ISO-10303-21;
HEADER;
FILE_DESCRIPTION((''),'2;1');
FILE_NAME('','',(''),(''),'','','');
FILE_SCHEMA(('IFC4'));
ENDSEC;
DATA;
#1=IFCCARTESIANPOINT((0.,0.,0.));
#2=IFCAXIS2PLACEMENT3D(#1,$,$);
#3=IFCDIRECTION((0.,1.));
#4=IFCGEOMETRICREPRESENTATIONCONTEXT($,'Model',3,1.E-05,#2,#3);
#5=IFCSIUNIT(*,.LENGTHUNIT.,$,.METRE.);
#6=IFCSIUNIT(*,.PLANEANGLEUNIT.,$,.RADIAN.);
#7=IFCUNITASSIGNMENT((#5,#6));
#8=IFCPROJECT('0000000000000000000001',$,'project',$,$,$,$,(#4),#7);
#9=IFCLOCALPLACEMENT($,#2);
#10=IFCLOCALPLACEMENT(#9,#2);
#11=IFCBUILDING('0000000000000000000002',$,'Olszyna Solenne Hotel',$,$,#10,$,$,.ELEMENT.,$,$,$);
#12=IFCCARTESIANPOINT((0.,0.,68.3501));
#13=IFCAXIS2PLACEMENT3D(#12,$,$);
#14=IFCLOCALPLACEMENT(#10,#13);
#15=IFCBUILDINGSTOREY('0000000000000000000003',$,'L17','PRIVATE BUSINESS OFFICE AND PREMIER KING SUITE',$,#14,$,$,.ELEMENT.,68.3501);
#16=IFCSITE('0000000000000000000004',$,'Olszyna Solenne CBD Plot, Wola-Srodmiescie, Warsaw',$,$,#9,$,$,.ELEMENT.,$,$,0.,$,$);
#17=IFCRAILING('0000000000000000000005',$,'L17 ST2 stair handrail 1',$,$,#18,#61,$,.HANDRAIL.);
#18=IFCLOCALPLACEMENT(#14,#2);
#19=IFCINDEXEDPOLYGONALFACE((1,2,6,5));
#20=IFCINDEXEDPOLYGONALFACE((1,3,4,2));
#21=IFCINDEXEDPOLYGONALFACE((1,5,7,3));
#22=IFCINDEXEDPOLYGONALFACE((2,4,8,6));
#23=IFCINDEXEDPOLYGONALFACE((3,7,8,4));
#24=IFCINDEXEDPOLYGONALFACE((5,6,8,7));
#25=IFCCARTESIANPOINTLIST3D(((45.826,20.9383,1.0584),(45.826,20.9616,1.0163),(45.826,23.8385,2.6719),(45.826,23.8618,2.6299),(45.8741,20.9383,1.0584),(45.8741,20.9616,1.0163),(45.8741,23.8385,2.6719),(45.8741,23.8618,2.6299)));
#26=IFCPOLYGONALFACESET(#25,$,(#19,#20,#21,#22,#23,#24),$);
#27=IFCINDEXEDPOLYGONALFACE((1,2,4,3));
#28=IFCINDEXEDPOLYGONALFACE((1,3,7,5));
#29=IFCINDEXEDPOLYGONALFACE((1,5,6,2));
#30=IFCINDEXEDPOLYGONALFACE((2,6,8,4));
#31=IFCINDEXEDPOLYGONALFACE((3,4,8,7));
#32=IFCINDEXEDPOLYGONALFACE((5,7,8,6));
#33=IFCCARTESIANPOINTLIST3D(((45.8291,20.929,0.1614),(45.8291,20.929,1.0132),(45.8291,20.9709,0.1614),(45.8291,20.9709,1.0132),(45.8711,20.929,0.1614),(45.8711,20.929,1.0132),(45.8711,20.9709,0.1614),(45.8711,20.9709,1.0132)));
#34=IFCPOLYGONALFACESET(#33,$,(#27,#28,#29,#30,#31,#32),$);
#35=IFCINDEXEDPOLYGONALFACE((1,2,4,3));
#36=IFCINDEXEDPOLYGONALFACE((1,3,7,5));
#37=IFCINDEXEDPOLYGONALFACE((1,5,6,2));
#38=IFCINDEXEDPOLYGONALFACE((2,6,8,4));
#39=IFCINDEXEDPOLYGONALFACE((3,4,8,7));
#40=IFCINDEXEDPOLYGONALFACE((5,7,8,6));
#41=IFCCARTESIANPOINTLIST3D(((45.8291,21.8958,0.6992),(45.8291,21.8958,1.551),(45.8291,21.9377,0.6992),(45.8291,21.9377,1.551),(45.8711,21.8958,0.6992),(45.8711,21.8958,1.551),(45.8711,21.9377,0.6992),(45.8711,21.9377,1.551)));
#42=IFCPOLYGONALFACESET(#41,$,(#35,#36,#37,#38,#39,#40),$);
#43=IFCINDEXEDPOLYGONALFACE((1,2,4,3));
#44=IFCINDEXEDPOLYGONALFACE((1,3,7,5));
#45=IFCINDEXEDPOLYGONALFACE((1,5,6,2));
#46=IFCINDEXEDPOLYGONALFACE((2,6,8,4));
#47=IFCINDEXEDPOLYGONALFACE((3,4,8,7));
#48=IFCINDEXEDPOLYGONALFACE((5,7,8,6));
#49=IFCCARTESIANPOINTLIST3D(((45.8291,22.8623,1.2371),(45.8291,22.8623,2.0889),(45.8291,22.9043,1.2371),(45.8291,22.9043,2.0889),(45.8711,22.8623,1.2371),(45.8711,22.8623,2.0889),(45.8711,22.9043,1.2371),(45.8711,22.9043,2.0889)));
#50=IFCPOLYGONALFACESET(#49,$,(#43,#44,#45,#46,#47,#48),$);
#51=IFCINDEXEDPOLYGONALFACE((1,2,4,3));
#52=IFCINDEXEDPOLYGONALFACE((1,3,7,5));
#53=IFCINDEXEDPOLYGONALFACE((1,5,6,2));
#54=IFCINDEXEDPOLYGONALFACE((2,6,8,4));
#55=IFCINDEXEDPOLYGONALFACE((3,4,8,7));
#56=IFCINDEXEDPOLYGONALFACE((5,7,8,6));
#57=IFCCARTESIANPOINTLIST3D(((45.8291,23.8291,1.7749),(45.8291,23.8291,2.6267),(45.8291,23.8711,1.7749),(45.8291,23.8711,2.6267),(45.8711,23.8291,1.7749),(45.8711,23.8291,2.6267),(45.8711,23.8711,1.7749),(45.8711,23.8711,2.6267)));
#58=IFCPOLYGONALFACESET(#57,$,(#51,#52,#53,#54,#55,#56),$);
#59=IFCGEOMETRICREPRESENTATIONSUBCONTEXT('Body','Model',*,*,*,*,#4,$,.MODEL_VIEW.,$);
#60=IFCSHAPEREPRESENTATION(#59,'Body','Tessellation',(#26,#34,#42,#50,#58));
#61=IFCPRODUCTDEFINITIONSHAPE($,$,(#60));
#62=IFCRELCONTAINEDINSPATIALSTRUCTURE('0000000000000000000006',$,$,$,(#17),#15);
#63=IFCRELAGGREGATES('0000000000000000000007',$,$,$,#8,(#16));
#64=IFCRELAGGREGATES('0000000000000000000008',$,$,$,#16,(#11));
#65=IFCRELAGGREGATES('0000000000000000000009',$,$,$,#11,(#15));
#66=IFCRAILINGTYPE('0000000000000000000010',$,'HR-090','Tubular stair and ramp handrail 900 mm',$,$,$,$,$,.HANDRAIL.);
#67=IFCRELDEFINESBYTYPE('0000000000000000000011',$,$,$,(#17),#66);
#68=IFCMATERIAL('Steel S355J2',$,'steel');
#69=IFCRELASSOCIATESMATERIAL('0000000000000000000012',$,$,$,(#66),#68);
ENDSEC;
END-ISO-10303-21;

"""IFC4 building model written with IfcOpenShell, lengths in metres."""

from ifc_helpers import new_model, si_unit, direction, frame, origin, origin_2d, place, context, subcontext, project, spatial, rectangle, extrude, material, type_object, element, save


model = new_model("IFC4")

# Units and contexts
model_context = context("Model", 3, precision=1e-05, world=origin(), true_north=direction((0.0, 1.0)))
body_context = subcontext(model_context, "Body", "Model", "MODEL_VIEW")
ifc_project = project(units=[si_unit("LENGTHUNIT", "METRE"), si_unit("PLANEANGLEUNIT", "RADIAN")], contexts=[model_context])

# Site, building, storey
site_placement = place(None, origin())
site = spatial("IfcSite", under=ifc_project, at=site_placement, Name="Olszyna Solenne CBD Plot, Wola-Srodmiescie, Warsaw", CompositionType="ELEMENT", RefElevation=0.0)
building_placement = place(site_placement, origin())
building = spatial("IfcBuilding", under=site, at=building_placement, Name="Olszyna Solenne Hotel", CompositionType="ELEMENT")
storey_placement = place(building_placement, frame((0.0, 0.0, 68.3501)))
storey = spatial("IfcBuildingStorey", under=building, at=storey_placement, Name="L17", Description="PRIVATE BUSINESS OFFICE AND PREMIER KING SUITE", CompositionType="ELEMENT", Elevation=68.3501)

# Shared definitions
ifc_material_1 = material(Name="Steel S355J2", Category="steel")

# Railing
railing_type = type_object("IfcRailingType", Name="HR-090", Description="Tubular stair and ramp handrail 900 mm", PredefinedType="HANDRAIL", material=ifc_material_1)
railing_placement = place(storey_placement, frame((45.8501, 20.95, 0.1614)))
element("IfcRailing", 1, at=railing_placement, inside=storey, type_object=railing_type, Name="L17 ST2 stair handrail 1", PredefinedType="HANDRAIL", context=body_context, shape_type="SweptSolid", body=[
    extrude(rectangle(XDim=0.0481, YDim=0.0481, at=origin_2d()), frame((0.0, 0.0, 0.876), z_axis=(0.0, 0.873859, 0.48618), x_axis=(-1.0, 0.0, 0.0)), (0.0, 0.0, 1.0), 3.3188),
    extrude(rectangle(XDim=0.042, YDim=0.042, at=origin_2d()), origin(), (0.0, 0.0, 1.0), 0.8518),
    extrude(rectangle(XDim=0.042, YDim=0.042, at=origin_2d()), frame((0.0, 0.9668, 0.5378)), (0.0, 0.0, 1.0), 0.8518),
    extrude(rectangle(XDim=0.042, YDim=0.042, at=origin_2d()), frame((0.0, 1.9333, 1.0757)), (0.0, 0.0, 1.0), 0.8518),
    extrude(rectangle(XDim=0.042, YDim=0.042, at=origin_2d()), frame((0.0, 2.9001, 1.6135)), (0.0, 0.0, 1.0), 0.8518),
])

save(model, "model.ifc")
